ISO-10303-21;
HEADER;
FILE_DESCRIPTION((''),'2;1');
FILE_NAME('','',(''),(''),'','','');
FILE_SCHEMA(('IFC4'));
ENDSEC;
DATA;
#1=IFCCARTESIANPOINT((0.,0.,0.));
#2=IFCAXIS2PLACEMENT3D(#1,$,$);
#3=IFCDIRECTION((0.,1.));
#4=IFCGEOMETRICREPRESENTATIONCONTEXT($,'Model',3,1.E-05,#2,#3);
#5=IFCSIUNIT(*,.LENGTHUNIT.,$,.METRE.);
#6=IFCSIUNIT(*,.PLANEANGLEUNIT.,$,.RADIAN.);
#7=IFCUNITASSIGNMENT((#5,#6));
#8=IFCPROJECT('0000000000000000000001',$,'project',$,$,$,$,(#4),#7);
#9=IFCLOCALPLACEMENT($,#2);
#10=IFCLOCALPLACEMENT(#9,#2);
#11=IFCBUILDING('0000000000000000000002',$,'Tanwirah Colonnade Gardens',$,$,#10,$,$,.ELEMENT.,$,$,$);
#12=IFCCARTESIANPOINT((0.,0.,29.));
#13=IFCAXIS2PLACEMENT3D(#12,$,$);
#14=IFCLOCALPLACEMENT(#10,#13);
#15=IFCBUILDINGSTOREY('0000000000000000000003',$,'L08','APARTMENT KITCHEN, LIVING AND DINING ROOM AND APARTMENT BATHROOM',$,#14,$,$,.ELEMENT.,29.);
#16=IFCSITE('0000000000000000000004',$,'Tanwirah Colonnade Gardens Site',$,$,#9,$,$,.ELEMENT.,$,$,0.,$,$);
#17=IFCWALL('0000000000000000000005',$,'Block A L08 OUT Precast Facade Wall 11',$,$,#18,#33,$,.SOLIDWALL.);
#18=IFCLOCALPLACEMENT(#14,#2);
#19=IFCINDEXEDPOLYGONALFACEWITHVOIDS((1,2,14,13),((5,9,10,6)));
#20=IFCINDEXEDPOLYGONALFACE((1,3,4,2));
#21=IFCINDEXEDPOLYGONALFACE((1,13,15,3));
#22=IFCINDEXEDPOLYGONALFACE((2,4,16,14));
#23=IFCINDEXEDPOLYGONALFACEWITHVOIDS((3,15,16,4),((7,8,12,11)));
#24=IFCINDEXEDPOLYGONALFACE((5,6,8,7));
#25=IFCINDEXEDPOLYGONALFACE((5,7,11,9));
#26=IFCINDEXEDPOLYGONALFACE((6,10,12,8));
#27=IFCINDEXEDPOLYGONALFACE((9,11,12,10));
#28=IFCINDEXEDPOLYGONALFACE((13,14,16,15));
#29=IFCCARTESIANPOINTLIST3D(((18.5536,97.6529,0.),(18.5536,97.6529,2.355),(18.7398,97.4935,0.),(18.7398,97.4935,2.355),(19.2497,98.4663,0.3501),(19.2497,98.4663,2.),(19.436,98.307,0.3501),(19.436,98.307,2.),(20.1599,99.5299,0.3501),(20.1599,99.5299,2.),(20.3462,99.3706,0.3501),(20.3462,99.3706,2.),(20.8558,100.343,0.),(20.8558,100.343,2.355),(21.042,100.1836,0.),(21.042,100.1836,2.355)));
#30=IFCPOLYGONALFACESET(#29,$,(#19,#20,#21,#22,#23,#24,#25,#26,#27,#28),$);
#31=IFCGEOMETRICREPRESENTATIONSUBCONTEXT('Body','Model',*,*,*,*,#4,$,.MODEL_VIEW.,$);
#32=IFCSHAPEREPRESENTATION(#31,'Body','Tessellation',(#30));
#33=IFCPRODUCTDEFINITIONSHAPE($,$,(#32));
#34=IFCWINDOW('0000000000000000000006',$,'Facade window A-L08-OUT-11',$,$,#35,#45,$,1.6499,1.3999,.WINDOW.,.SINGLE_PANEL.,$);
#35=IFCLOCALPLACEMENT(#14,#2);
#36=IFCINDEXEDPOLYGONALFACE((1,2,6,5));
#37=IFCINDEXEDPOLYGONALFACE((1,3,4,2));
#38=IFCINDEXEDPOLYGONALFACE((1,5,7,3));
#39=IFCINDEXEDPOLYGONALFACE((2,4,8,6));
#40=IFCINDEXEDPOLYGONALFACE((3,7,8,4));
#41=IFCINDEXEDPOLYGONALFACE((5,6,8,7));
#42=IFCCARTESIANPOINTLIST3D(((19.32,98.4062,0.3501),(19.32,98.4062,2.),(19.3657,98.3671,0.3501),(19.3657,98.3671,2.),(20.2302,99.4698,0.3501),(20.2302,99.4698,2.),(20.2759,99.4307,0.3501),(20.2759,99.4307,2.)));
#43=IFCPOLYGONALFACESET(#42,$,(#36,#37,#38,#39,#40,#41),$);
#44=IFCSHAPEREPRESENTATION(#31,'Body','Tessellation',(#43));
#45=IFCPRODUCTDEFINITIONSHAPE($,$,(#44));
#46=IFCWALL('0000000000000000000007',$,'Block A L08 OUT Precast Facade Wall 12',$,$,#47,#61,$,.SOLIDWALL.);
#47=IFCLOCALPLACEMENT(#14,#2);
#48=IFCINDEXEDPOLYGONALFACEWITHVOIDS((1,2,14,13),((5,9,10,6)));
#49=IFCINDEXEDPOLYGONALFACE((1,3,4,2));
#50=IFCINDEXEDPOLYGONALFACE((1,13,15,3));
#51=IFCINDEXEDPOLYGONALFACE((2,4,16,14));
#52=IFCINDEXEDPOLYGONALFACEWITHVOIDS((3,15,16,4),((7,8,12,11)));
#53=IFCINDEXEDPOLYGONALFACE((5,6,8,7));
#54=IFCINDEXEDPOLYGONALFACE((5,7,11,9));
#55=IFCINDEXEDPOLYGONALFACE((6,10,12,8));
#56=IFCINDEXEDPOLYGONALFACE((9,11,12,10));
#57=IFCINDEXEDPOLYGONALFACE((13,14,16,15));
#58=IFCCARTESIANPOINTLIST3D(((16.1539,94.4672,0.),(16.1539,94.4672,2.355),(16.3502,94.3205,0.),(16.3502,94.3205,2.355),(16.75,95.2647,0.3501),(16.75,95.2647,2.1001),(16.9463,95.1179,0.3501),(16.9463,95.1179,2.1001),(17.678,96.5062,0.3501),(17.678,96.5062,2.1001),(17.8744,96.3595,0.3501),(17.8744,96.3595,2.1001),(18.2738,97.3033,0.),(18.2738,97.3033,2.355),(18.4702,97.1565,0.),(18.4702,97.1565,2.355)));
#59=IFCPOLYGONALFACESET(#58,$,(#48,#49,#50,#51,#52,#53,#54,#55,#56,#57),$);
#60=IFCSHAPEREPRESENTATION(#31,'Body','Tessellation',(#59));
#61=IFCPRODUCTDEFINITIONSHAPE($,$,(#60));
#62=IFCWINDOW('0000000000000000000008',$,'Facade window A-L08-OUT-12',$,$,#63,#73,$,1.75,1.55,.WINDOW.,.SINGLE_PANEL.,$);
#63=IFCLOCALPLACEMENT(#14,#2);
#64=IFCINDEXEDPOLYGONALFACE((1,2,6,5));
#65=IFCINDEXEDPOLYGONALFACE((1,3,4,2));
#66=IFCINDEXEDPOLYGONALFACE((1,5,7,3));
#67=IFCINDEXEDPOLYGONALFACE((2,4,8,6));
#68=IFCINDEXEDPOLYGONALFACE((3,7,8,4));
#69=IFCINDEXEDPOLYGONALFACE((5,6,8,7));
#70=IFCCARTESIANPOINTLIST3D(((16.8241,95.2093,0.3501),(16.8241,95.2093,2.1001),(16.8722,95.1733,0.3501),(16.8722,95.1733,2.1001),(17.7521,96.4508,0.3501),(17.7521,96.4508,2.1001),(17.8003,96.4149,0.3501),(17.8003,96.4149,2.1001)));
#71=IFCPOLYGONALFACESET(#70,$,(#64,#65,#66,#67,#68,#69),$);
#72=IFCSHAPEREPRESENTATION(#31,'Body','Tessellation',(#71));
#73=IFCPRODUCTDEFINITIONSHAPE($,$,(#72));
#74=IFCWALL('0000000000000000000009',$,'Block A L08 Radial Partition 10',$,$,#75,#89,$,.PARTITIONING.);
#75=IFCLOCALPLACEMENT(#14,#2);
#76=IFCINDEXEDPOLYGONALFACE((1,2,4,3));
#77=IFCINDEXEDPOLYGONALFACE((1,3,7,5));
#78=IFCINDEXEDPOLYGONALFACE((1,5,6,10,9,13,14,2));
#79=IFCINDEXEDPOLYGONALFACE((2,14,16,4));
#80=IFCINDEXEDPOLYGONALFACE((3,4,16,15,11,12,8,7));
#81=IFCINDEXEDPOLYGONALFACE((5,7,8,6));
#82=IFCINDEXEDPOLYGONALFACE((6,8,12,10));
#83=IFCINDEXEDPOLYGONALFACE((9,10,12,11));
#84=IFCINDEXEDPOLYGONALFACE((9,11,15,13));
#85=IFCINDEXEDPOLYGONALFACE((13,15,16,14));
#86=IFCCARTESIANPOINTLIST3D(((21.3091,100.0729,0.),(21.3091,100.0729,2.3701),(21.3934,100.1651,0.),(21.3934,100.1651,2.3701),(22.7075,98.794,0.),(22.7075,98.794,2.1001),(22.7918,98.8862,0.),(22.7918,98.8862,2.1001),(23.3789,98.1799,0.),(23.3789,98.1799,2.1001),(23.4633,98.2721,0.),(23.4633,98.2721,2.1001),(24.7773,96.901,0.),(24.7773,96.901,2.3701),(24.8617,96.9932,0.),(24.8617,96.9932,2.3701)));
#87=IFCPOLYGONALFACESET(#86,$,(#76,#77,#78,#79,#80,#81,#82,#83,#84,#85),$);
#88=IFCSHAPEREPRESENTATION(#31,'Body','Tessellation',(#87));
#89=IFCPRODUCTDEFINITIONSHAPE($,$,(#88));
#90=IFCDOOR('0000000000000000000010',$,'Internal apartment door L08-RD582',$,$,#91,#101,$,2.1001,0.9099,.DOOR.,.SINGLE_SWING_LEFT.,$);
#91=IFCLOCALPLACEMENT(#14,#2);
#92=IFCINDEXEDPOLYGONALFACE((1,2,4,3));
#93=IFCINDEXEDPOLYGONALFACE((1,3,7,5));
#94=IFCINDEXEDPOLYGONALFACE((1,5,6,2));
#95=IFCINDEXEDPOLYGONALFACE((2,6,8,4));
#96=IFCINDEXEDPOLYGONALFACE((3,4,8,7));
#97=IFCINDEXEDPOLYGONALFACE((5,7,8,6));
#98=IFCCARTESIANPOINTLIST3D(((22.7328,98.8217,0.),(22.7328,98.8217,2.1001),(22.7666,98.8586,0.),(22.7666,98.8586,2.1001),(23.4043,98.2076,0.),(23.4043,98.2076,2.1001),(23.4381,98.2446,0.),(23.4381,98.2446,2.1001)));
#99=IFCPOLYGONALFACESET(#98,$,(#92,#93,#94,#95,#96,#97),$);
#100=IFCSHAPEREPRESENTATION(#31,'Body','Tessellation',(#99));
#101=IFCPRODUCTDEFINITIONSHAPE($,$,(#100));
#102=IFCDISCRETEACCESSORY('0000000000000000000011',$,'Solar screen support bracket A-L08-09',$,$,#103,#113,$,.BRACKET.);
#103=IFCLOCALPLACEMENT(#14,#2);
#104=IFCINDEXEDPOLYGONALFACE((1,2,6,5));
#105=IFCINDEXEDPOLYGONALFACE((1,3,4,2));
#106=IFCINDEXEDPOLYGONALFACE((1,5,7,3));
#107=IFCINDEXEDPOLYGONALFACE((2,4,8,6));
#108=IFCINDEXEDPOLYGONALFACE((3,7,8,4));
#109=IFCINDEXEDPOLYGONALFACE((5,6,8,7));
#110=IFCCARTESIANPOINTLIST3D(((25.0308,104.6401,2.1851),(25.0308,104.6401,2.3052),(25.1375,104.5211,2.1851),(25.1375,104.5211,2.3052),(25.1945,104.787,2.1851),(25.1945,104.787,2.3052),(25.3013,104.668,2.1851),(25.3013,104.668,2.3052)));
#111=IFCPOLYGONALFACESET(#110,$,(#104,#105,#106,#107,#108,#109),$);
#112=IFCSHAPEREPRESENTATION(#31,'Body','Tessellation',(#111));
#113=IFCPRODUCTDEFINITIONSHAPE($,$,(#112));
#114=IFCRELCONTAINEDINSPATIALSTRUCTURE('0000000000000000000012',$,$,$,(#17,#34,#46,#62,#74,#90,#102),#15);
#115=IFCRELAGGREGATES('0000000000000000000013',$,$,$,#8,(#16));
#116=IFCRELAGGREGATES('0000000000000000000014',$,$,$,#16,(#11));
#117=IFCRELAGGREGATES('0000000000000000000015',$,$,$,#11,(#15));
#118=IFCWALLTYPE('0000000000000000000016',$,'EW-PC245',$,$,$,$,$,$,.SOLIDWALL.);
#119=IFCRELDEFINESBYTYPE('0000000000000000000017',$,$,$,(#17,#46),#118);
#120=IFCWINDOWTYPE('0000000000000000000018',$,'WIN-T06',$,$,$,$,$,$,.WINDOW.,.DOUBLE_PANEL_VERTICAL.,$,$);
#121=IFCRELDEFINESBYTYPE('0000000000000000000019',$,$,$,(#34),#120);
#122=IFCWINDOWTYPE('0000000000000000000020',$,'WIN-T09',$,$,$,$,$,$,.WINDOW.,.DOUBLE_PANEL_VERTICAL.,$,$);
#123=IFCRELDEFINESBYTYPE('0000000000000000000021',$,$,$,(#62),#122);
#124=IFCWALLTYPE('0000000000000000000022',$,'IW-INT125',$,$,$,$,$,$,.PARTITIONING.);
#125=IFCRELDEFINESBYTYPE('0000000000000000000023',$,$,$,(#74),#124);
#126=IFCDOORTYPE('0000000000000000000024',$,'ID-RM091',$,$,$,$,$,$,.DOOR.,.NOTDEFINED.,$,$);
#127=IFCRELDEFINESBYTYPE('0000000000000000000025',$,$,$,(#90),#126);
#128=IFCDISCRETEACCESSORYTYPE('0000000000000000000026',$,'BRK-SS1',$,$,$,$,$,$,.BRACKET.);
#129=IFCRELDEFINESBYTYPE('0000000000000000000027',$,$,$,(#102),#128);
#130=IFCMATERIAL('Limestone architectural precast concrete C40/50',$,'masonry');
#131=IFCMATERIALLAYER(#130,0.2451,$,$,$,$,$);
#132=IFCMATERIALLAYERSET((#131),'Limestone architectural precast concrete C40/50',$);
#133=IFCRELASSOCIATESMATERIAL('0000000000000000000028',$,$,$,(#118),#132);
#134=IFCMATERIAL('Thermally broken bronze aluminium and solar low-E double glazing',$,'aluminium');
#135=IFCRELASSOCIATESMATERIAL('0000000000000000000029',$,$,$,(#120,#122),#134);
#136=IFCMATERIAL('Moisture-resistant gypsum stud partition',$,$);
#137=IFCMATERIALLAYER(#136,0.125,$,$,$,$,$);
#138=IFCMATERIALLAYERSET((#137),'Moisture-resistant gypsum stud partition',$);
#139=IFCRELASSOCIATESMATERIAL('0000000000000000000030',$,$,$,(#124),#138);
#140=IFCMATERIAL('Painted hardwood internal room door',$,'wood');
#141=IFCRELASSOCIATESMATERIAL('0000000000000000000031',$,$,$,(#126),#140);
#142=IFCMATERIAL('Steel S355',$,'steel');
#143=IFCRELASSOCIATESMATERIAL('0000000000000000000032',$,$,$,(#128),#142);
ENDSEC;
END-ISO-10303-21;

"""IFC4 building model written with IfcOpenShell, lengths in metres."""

from ifc_helpers import new_model, si_unit, direction, frame, frame_2d, origin, origin_2d, place, context, subcontext, project, spatial, rectangle, extrude, material, layer, layer_set, type_object, element, fill, save


model = new_model("IFC4")

# Units and contexts
model_context = context("Model", 3, precision=1e-05, world=origin(), true_north=direction((0.0, 1.0)))
body_context = subcontext(model_context, "Body", "Model", "MODEL_VIEW")
ifc_project = project(units=[si_unit("LENGTHUNIT", "METRE"), si_unit("PLANEANGLEUNIT", "RADIAN")], contexts=[model_context])

# Site, building, storey
site_placement = place(None, origin())
site = spatial("IfcSite", under=ifc_project, at=site_placement, Name="Tanwirah Colonnade Gardens Site", CompositionType="ELEMENT", RefElevation=0.0)
building_placement = place(site_placement, origin())
building = spatial("IfcBuilding", under=site, at=building_placement, Name="Tanwirah Colonnade Gardens", CompositionType="ELEMENT")
storey_placement = place(building_placement, frame((0.0, 0.0, 29.0)))
storey = spatial("IfcBuildingStorey", under=building, at=storey_placement, Name="L08", Description="APARTMENT KITCHEN, LIVING AND DINING ROOM AND APARTMENT BATHROOM", CompositionType="ELEMENT", Elevation=29.0)

# Shared definitions
ifc_material_1 = material(Name="Limestone architectural precast concrete C40/50", Category="masonry")
ifc_layer_1 = layer(ifc_material_1, 0.2451)
ifc_layer_set_1 = layer_set([ifc_layer_1], Name="Limestone architectural precast concrete C40/50")
wall_type_1 = type_object("IfcWallType", Name="EW-PC245", PredefinedType="SOLIDWALL", material=ifc_layer_set_1)
ifc_material_2 = material(Name="Thermally broken bronze aluminium and solar low-E double glazing", Category="aluminium")

# Walls, openings, windows
wall_1_placement = place(storey_placement, frame((20.949, 100.2634, 0.0), z_axis=(0.0, 0.0, 1.0), x_axis=(-0.650201, -0.759763, 0.0)))
wall_1 = element("IfcWall", 1, at=wall_1_placement, inside=storey, type_object=wall_type_1, Name="Block A L08 OUT Precast Facade Wall 11", PredefinedType="SOLIDWALL", context=body_context, shape_type="SweptSolid", body=[
    extrude(rectangle(XDim=3.5408, YDim=0.2451, at=frame_2d((1.7705, 0.0))), origin(), (0.0, 0.0, 1.0), 2.355),
])
opening_1_placement = place(wall_1_placement, frame((1.0703, 0.0, 0.3501)))
opening_1 = element("IfcOpeningElement", 2, at=opening_1_placement, cuts=wall_1, PredefinedType="OPENING", context=body_context, shape_type="SweptSolid", body=[
    extrude(rectangle(XDim=1.3999, YDim=1.6499, at=frame_2d((0.7, 0.825))), frame((0.0, 0.1326, 0.0), z_axis=(0.0, -1.0, 0.0), x_axis=(1.0, 0.0, 0.0)), (0.0, 0.0, 1.0), 0.2651),
])
window_type_1 = type_object("IfcWindowType", Name="WIN-T06", PartitioningType="DOUBLE_PANEL_VERTICAL", PredefinedType="WINDOW", material=ifc_material_2)
window_1_placement = place(opening_1_placement, origin())
window_1 = element("IfcWindow", 3, at=window_1_placement, inside=storey, type_object=window_type_1, Name="Facade window A-L08-OUT-11", OverallHeight=1.6499, OverallWidth=1.3999, PartitioningType="SINGLE_PANEL", PredefinedType="WINDOW", context=body_context, shape_type="SweptSolid", body=[
    extrude(rectangle(XDim=1.3999, YDim=1.6499, at=frame_2d((0.7, 0.825))), frame((0.0, 0.03, 0.0), z_axis=(0.0, -1.0, 0.0), x_axis=(1.0, 0.0, 0.0)), (0.0, 0.0, 1.0), 0.0601),
])
fill(opening_1, window_1)
wall_2_placement = place(storey_placement, frame((18.3721, 97.23, 0.0), z_axis=(0.0, 0.0, 1.0), x_axis=(-0.598719, -0.800959, 0.0)))
wall_2 = element("IfcWall", 4, at=wall_2_placement, inside=storey, type_object=wall_type_1, Name="Block A L08 OUT Precast Facade Wall 12", PredefinedType="SOLIDWALL", context=body_context, shape_type="SweptSolid", body=[
    extrude(rectangle(XDim=3.5408, YDim=0.2451, at=frame_2d((1.7705, 0.0))), origin(), (0.0, 0.0, 1.0), 2.355),
])
opening_2_placement = place(wall_2_placement, frame((0.9954, 0.0, 0.3501)))
opening_2 = element("IfcOpeningElement", 5, at=opening_2_placement, cuts=wall_2, PredefinedType="OPENING", context=body_context, shape_type="SweptSolid", body=[
    extrude(rectangle(XDim=1.55, YDim=1.75, at=frame_2d((0.7749, 0.875))), frame((0.0, 0.1326, 0.0), z_axis=(0.0, -1.0, 0.0), x_axis=(1.0, 0.0, 0.0)), (0.0, 0.0, 1.0), 0.2651),
])
window_type_2 = type_object("IfcWindowType", Name="WIN-T09", PartitioningType="DOUBLE_PANEL_VERTICAL", PredefinedType="WINDOW", material=ifc_material_2)
window_2_placement = place(opening_2_placement, origin())
window_2 = element("IfcWindow", 6, at=window_2_placement, inside=storey, type_object=window_type_2, Name="Facade window A-L08-OUT-12", OverallHeight=1.75, OverallWidth=1.55, PartitioningType="SINGLE_PANEL", PredefinedType="WINDOW", context=body_context, shape_type="SweptSolid", body=[
    extrude(rectangle(XDim=1.55, YDim=1.75, at=frame_2d((0.7749, 0.875))), frame((0.0, 0.03, 0.0), z_axis=(0.0, -1.0, 0.0), x_axis=(1.0, 0.0, 0.0)), (0.0, 0.0, 1.0), 0.0601),
])
fill(opening_2, window_2)

# Wall, opening, door
ifc_material_3 = material(Name="Moisture-resistant gypsum stud partition")
ifc_layer_2 = layer(ifc_material_3, 0.125)
ifc_layer_set_2 = layer_set([ifc_layer_2], Name="Moisture-resistant gypsum stud partition")
wall_type_2 = type_object("IfcWallType", Name="IW-INT125", PredefinedType="PARTITIONING", material=ifc_layer_set_2)
wall_3_placement = place(storey_placement, frame((24.8196, 96.947, 0.0), z_axis=(0.0, 0.0, 1.0), x_axis=(-0.737934, 0.674873, 0.0)))
wall_3 = element("IfcWall", 7, at=wall_3_placement, inside=storey, type_object=wall_type_2, Name="Block A L08 Radial Partition 10", PredefinedType="PARTITIONING", context=body_context, shape_type="SweptSolid", body=[
    extrude(rectangle(XDim=4.7, YDim=0.125, at=frame_2d((2.3501, 0.0))), origin(), (0.0, 0.0, 1.0), 2.3701),
])
opening_3_placement = place(wall_3_placement, frame((1.895, 0.0, 0.0)))
opening_3 = element("IfcOpeningElement", 8, at=opening_3_placement, cuts=wall_3, PredefinedType="OPENING", context=body_context, shape_type="SweptSolid", body=[
    extrude(rectangle(XDim=0.9099, YDim=2.1001, at=frame_2d((0.4551, 1.05))), frame((0.0, 0.0725, 0.0), z_axis=(0.0, -1.0, 0.0), x_axis=(1.0, 0.0, 0.0)), (0.0, 0.0, 1.0), 0.145),
])
ifc_material_4 = material(Name="Painted hardwood internal room door", Category="wood")
door_type_1 = type_object("IfcDoorType", Name="ID-RM091", OperationType="NOTDEFINED", PredefinedType="DOOR", material=ifc_material_4)
door_1_placement = place(opening_3_placement, origin())
door_1 = element("IfcDoor", 9, at=door_1_placement, inside=storey, type_object=door_type_1, Name="Internal apartment door L08-RD582", OperationType="SINGLE_SWING_LEFT", OverallHeight=2.1001, OverallWidth=0.9099, PredefinedType="DOOR", context=body_context, shape_type="SweptSolid", body=[
    extrude(rectangle(XDim=0.9099, YDim=2.1001, at=frame_2d((0.4551, 1.05))), frame((0.0, 0.0249, 0.0), z_axis=(0.0, -1.0, 0.0), x_axis=(1.0, 0.0, 0.0)), (0.0, 0.0, 1.0), 0.05),
])
fill(opening_3, door_1)

# Discrete accessory
ifc_material_5 = material(Name="Steel S355", Category="steel")
discrete_accessory_type = type_object("IfcDiscreteAccessoryType", Name="BRK-SS1", PredefinedType="BRACKET", material=ifc_material_5)
discrete_accessory_placement = place(storey_placement, frame((25.166, 104.6541, 2.1851), z_axis=(0.0, 0.0, 1.0), x_axis=(-0.74444, -0.66769, 0.0)))
element("IfcDiscreteAccessory", 10, at=discrete_accessory_placement, inside=storey, type_object=discrete_accessory_type, Name="Solar screen support bracket A-L08-09", PredefinedType="BRACKET", context=body_context, shape_type="SweptSolid", body=[
    extrude(rectangle(XDim=0.22, YDim=0.1599, at=origin_2d()), origin(), (0.0, 0.0, 1.0), 0.1201),
])

save(model, "model.ifc")
